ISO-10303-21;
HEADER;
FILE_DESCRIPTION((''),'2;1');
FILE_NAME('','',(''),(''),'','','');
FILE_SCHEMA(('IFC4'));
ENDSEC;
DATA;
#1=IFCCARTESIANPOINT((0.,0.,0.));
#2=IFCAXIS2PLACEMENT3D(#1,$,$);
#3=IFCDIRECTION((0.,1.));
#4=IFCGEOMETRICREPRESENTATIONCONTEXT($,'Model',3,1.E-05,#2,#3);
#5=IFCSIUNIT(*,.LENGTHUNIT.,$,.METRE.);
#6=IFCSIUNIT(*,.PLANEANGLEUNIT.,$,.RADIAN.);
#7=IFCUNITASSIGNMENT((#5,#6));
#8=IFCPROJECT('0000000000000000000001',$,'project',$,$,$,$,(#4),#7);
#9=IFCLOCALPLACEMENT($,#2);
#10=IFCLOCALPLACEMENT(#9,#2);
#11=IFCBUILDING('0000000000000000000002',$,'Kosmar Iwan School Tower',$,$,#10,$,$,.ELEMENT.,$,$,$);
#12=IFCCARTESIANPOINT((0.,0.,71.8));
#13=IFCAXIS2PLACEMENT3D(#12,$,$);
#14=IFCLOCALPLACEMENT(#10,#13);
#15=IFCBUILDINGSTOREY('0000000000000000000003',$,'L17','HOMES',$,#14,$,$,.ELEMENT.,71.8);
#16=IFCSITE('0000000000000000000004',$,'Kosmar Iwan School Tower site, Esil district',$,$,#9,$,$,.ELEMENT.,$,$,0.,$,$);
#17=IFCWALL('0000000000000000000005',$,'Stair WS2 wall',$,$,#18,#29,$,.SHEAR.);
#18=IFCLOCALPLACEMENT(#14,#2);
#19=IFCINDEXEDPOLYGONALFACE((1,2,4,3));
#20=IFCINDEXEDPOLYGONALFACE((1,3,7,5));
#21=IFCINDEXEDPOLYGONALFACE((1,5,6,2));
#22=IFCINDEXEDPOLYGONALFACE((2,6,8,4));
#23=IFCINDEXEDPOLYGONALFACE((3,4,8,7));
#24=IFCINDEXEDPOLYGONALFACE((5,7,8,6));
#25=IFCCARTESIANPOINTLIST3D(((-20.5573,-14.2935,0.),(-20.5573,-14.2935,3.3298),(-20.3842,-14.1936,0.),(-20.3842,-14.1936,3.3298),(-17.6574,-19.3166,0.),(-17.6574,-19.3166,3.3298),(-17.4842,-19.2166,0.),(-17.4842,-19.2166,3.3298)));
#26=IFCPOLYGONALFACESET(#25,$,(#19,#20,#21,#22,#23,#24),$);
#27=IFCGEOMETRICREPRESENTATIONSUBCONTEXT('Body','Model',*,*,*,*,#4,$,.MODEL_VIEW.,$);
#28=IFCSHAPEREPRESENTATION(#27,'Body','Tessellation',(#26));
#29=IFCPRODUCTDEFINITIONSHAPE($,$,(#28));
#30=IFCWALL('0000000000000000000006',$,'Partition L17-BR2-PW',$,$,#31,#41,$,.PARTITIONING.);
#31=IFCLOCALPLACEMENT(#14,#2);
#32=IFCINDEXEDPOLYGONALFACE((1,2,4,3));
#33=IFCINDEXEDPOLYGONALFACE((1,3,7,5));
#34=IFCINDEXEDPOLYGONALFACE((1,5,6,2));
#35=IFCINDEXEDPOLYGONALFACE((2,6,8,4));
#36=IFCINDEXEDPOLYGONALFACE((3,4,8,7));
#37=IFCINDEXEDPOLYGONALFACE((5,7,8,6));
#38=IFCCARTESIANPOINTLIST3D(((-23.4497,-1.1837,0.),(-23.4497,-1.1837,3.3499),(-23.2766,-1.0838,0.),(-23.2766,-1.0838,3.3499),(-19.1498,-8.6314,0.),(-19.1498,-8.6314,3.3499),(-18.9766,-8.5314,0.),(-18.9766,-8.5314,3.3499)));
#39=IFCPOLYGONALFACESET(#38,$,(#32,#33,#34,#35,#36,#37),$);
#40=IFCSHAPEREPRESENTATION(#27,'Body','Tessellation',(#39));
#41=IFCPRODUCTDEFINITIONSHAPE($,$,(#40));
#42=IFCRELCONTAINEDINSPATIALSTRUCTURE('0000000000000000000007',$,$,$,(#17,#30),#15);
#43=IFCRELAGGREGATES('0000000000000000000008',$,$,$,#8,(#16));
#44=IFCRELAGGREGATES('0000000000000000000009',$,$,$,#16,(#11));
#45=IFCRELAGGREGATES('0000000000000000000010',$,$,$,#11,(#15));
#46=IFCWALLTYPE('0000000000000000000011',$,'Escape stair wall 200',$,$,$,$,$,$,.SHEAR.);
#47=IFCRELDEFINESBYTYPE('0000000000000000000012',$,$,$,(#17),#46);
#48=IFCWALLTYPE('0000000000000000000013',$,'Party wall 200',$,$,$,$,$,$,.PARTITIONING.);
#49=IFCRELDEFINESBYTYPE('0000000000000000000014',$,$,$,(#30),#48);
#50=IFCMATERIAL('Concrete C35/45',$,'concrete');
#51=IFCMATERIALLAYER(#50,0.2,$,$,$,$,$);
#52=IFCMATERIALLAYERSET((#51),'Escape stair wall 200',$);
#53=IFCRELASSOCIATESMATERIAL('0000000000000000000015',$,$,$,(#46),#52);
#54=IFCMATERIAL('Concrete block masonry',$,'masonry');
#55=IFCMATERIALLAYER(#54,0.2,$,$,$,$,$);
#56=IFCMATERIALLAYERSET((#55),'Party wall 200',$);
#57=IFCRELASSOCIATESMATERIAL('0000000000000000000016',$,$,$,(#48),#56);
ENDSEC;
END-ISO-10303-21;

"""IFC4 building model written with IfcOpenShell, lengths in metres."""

from ifc_helpers import new_model, si_unit, direction, frame, frame_2d, origin, place, context, subcontext, project, spatial, rectangle, extrude, material, layer, layer_set, type_object, element, save


model = new_model("IFC4")

# Units and contexts
model_context = context("Model", 3, precision=1e-05, world=origin(), true_north=direction((0.0, 1.0)))
body_context = subcontext(model_context, "Body", "Model", "MODEL_VIEW")
ifc_project = project(units=[si_unit("LENGTHUNIT", "METRE"), si_unit("PLANEANGLEUNIT", "RADIAN")], contexts=[model_context])

# Site, building, storey
site_placement = place(None, origin())
site = spatial("IfcSite", under=ifc_project, at=site_placement, Name="Kosmar Iwan School Tower site, Esil district", CompositionType="ELEMENT", RefElevation=0.0)
building_placement = place(site_placement, origin())
building = spatial("IfcBuilding", under=site, at=building_placement, Name="Kosmar Iwan School Tower", CompositionType="ELEMENT")
storey_placement = place(building_placement, frame((0.0, 0.0, 71.8)))
storey = spatial("IfcBuildingStorey", under=building, at=storey_placement, Name="L17", Description="HOMES", CompositionType="ELEMENT", Elevation=71.8)

# Walls
ifc_material_1 = material(Name="Concrete C35/45", Category="concrete")
ifc_layer_1 = layer(ifc_material_1, 0.2)
ifc_layer_set_1 = layer_set([ifc_layer_1], Name="Escape stair wall 200")
wall_type_1 = type_object("IfcWallType", Name="Escape stair wall 200", PredefinedType="SHEAR", material=ifc_layer_set_1)
wall_1_placement = place(storey_placement, frame((-20.4707, -14.2437, 0.0), z_axis=(0.0, 0.0, 1.0), x_axis=(0.499987, -0.866033, 0.0)))
element("IfcWall", 1, at=wall_1_placement, inside=storey, type_object=wall_type_1, Name="Stair WS2 wall", PredefinedType="SHEAR", context=body_context, shape_type="SweptSolid", body=[
    extrude(rectangle(XDim=5.8, YDim=0.2, at=frame_2d((2.8999, 0.0))), origin(), (0.0, 0.0, 1.0), 3.3298),
])
ifc_material_2 = material(Name="Concrete block masonry", Category="masonry")
ifc_layer_2 = layer(ifc_material_2, 0.2)
ifc_layer_set_2 = layer_set([ifc_layer_2], Name="Party wall 200")
wall_type_2 = type_object("IfcWallType", Name="Party wall 200", PredefinedType="PARTITIONING", material=ifc_layer_set_2)
wall_2_placement = place(storey_placement, frame((-19.0632, -8.5813, 0.0), z_axis=(0.0, 0.0, 1.0), x_axis=(-0.500008, 0.866021, 0.0)))
element("IfcWall", 2, at=wall_2_placement, inside=storey, type_object=wall_type_2, Name="Partition L17-BR2-PW", PredefinedType="PARTITIONING", context=body_context, shape_type="SweptSolid", body=[
    extrude(rectangle(XDim=8.5999, YDim=0.2, at=frame_2d((4.2998, 0.0))), origin(), (0.0, 0.0, 1.0), 3.3499),
])

save(model, "model.ifc")
